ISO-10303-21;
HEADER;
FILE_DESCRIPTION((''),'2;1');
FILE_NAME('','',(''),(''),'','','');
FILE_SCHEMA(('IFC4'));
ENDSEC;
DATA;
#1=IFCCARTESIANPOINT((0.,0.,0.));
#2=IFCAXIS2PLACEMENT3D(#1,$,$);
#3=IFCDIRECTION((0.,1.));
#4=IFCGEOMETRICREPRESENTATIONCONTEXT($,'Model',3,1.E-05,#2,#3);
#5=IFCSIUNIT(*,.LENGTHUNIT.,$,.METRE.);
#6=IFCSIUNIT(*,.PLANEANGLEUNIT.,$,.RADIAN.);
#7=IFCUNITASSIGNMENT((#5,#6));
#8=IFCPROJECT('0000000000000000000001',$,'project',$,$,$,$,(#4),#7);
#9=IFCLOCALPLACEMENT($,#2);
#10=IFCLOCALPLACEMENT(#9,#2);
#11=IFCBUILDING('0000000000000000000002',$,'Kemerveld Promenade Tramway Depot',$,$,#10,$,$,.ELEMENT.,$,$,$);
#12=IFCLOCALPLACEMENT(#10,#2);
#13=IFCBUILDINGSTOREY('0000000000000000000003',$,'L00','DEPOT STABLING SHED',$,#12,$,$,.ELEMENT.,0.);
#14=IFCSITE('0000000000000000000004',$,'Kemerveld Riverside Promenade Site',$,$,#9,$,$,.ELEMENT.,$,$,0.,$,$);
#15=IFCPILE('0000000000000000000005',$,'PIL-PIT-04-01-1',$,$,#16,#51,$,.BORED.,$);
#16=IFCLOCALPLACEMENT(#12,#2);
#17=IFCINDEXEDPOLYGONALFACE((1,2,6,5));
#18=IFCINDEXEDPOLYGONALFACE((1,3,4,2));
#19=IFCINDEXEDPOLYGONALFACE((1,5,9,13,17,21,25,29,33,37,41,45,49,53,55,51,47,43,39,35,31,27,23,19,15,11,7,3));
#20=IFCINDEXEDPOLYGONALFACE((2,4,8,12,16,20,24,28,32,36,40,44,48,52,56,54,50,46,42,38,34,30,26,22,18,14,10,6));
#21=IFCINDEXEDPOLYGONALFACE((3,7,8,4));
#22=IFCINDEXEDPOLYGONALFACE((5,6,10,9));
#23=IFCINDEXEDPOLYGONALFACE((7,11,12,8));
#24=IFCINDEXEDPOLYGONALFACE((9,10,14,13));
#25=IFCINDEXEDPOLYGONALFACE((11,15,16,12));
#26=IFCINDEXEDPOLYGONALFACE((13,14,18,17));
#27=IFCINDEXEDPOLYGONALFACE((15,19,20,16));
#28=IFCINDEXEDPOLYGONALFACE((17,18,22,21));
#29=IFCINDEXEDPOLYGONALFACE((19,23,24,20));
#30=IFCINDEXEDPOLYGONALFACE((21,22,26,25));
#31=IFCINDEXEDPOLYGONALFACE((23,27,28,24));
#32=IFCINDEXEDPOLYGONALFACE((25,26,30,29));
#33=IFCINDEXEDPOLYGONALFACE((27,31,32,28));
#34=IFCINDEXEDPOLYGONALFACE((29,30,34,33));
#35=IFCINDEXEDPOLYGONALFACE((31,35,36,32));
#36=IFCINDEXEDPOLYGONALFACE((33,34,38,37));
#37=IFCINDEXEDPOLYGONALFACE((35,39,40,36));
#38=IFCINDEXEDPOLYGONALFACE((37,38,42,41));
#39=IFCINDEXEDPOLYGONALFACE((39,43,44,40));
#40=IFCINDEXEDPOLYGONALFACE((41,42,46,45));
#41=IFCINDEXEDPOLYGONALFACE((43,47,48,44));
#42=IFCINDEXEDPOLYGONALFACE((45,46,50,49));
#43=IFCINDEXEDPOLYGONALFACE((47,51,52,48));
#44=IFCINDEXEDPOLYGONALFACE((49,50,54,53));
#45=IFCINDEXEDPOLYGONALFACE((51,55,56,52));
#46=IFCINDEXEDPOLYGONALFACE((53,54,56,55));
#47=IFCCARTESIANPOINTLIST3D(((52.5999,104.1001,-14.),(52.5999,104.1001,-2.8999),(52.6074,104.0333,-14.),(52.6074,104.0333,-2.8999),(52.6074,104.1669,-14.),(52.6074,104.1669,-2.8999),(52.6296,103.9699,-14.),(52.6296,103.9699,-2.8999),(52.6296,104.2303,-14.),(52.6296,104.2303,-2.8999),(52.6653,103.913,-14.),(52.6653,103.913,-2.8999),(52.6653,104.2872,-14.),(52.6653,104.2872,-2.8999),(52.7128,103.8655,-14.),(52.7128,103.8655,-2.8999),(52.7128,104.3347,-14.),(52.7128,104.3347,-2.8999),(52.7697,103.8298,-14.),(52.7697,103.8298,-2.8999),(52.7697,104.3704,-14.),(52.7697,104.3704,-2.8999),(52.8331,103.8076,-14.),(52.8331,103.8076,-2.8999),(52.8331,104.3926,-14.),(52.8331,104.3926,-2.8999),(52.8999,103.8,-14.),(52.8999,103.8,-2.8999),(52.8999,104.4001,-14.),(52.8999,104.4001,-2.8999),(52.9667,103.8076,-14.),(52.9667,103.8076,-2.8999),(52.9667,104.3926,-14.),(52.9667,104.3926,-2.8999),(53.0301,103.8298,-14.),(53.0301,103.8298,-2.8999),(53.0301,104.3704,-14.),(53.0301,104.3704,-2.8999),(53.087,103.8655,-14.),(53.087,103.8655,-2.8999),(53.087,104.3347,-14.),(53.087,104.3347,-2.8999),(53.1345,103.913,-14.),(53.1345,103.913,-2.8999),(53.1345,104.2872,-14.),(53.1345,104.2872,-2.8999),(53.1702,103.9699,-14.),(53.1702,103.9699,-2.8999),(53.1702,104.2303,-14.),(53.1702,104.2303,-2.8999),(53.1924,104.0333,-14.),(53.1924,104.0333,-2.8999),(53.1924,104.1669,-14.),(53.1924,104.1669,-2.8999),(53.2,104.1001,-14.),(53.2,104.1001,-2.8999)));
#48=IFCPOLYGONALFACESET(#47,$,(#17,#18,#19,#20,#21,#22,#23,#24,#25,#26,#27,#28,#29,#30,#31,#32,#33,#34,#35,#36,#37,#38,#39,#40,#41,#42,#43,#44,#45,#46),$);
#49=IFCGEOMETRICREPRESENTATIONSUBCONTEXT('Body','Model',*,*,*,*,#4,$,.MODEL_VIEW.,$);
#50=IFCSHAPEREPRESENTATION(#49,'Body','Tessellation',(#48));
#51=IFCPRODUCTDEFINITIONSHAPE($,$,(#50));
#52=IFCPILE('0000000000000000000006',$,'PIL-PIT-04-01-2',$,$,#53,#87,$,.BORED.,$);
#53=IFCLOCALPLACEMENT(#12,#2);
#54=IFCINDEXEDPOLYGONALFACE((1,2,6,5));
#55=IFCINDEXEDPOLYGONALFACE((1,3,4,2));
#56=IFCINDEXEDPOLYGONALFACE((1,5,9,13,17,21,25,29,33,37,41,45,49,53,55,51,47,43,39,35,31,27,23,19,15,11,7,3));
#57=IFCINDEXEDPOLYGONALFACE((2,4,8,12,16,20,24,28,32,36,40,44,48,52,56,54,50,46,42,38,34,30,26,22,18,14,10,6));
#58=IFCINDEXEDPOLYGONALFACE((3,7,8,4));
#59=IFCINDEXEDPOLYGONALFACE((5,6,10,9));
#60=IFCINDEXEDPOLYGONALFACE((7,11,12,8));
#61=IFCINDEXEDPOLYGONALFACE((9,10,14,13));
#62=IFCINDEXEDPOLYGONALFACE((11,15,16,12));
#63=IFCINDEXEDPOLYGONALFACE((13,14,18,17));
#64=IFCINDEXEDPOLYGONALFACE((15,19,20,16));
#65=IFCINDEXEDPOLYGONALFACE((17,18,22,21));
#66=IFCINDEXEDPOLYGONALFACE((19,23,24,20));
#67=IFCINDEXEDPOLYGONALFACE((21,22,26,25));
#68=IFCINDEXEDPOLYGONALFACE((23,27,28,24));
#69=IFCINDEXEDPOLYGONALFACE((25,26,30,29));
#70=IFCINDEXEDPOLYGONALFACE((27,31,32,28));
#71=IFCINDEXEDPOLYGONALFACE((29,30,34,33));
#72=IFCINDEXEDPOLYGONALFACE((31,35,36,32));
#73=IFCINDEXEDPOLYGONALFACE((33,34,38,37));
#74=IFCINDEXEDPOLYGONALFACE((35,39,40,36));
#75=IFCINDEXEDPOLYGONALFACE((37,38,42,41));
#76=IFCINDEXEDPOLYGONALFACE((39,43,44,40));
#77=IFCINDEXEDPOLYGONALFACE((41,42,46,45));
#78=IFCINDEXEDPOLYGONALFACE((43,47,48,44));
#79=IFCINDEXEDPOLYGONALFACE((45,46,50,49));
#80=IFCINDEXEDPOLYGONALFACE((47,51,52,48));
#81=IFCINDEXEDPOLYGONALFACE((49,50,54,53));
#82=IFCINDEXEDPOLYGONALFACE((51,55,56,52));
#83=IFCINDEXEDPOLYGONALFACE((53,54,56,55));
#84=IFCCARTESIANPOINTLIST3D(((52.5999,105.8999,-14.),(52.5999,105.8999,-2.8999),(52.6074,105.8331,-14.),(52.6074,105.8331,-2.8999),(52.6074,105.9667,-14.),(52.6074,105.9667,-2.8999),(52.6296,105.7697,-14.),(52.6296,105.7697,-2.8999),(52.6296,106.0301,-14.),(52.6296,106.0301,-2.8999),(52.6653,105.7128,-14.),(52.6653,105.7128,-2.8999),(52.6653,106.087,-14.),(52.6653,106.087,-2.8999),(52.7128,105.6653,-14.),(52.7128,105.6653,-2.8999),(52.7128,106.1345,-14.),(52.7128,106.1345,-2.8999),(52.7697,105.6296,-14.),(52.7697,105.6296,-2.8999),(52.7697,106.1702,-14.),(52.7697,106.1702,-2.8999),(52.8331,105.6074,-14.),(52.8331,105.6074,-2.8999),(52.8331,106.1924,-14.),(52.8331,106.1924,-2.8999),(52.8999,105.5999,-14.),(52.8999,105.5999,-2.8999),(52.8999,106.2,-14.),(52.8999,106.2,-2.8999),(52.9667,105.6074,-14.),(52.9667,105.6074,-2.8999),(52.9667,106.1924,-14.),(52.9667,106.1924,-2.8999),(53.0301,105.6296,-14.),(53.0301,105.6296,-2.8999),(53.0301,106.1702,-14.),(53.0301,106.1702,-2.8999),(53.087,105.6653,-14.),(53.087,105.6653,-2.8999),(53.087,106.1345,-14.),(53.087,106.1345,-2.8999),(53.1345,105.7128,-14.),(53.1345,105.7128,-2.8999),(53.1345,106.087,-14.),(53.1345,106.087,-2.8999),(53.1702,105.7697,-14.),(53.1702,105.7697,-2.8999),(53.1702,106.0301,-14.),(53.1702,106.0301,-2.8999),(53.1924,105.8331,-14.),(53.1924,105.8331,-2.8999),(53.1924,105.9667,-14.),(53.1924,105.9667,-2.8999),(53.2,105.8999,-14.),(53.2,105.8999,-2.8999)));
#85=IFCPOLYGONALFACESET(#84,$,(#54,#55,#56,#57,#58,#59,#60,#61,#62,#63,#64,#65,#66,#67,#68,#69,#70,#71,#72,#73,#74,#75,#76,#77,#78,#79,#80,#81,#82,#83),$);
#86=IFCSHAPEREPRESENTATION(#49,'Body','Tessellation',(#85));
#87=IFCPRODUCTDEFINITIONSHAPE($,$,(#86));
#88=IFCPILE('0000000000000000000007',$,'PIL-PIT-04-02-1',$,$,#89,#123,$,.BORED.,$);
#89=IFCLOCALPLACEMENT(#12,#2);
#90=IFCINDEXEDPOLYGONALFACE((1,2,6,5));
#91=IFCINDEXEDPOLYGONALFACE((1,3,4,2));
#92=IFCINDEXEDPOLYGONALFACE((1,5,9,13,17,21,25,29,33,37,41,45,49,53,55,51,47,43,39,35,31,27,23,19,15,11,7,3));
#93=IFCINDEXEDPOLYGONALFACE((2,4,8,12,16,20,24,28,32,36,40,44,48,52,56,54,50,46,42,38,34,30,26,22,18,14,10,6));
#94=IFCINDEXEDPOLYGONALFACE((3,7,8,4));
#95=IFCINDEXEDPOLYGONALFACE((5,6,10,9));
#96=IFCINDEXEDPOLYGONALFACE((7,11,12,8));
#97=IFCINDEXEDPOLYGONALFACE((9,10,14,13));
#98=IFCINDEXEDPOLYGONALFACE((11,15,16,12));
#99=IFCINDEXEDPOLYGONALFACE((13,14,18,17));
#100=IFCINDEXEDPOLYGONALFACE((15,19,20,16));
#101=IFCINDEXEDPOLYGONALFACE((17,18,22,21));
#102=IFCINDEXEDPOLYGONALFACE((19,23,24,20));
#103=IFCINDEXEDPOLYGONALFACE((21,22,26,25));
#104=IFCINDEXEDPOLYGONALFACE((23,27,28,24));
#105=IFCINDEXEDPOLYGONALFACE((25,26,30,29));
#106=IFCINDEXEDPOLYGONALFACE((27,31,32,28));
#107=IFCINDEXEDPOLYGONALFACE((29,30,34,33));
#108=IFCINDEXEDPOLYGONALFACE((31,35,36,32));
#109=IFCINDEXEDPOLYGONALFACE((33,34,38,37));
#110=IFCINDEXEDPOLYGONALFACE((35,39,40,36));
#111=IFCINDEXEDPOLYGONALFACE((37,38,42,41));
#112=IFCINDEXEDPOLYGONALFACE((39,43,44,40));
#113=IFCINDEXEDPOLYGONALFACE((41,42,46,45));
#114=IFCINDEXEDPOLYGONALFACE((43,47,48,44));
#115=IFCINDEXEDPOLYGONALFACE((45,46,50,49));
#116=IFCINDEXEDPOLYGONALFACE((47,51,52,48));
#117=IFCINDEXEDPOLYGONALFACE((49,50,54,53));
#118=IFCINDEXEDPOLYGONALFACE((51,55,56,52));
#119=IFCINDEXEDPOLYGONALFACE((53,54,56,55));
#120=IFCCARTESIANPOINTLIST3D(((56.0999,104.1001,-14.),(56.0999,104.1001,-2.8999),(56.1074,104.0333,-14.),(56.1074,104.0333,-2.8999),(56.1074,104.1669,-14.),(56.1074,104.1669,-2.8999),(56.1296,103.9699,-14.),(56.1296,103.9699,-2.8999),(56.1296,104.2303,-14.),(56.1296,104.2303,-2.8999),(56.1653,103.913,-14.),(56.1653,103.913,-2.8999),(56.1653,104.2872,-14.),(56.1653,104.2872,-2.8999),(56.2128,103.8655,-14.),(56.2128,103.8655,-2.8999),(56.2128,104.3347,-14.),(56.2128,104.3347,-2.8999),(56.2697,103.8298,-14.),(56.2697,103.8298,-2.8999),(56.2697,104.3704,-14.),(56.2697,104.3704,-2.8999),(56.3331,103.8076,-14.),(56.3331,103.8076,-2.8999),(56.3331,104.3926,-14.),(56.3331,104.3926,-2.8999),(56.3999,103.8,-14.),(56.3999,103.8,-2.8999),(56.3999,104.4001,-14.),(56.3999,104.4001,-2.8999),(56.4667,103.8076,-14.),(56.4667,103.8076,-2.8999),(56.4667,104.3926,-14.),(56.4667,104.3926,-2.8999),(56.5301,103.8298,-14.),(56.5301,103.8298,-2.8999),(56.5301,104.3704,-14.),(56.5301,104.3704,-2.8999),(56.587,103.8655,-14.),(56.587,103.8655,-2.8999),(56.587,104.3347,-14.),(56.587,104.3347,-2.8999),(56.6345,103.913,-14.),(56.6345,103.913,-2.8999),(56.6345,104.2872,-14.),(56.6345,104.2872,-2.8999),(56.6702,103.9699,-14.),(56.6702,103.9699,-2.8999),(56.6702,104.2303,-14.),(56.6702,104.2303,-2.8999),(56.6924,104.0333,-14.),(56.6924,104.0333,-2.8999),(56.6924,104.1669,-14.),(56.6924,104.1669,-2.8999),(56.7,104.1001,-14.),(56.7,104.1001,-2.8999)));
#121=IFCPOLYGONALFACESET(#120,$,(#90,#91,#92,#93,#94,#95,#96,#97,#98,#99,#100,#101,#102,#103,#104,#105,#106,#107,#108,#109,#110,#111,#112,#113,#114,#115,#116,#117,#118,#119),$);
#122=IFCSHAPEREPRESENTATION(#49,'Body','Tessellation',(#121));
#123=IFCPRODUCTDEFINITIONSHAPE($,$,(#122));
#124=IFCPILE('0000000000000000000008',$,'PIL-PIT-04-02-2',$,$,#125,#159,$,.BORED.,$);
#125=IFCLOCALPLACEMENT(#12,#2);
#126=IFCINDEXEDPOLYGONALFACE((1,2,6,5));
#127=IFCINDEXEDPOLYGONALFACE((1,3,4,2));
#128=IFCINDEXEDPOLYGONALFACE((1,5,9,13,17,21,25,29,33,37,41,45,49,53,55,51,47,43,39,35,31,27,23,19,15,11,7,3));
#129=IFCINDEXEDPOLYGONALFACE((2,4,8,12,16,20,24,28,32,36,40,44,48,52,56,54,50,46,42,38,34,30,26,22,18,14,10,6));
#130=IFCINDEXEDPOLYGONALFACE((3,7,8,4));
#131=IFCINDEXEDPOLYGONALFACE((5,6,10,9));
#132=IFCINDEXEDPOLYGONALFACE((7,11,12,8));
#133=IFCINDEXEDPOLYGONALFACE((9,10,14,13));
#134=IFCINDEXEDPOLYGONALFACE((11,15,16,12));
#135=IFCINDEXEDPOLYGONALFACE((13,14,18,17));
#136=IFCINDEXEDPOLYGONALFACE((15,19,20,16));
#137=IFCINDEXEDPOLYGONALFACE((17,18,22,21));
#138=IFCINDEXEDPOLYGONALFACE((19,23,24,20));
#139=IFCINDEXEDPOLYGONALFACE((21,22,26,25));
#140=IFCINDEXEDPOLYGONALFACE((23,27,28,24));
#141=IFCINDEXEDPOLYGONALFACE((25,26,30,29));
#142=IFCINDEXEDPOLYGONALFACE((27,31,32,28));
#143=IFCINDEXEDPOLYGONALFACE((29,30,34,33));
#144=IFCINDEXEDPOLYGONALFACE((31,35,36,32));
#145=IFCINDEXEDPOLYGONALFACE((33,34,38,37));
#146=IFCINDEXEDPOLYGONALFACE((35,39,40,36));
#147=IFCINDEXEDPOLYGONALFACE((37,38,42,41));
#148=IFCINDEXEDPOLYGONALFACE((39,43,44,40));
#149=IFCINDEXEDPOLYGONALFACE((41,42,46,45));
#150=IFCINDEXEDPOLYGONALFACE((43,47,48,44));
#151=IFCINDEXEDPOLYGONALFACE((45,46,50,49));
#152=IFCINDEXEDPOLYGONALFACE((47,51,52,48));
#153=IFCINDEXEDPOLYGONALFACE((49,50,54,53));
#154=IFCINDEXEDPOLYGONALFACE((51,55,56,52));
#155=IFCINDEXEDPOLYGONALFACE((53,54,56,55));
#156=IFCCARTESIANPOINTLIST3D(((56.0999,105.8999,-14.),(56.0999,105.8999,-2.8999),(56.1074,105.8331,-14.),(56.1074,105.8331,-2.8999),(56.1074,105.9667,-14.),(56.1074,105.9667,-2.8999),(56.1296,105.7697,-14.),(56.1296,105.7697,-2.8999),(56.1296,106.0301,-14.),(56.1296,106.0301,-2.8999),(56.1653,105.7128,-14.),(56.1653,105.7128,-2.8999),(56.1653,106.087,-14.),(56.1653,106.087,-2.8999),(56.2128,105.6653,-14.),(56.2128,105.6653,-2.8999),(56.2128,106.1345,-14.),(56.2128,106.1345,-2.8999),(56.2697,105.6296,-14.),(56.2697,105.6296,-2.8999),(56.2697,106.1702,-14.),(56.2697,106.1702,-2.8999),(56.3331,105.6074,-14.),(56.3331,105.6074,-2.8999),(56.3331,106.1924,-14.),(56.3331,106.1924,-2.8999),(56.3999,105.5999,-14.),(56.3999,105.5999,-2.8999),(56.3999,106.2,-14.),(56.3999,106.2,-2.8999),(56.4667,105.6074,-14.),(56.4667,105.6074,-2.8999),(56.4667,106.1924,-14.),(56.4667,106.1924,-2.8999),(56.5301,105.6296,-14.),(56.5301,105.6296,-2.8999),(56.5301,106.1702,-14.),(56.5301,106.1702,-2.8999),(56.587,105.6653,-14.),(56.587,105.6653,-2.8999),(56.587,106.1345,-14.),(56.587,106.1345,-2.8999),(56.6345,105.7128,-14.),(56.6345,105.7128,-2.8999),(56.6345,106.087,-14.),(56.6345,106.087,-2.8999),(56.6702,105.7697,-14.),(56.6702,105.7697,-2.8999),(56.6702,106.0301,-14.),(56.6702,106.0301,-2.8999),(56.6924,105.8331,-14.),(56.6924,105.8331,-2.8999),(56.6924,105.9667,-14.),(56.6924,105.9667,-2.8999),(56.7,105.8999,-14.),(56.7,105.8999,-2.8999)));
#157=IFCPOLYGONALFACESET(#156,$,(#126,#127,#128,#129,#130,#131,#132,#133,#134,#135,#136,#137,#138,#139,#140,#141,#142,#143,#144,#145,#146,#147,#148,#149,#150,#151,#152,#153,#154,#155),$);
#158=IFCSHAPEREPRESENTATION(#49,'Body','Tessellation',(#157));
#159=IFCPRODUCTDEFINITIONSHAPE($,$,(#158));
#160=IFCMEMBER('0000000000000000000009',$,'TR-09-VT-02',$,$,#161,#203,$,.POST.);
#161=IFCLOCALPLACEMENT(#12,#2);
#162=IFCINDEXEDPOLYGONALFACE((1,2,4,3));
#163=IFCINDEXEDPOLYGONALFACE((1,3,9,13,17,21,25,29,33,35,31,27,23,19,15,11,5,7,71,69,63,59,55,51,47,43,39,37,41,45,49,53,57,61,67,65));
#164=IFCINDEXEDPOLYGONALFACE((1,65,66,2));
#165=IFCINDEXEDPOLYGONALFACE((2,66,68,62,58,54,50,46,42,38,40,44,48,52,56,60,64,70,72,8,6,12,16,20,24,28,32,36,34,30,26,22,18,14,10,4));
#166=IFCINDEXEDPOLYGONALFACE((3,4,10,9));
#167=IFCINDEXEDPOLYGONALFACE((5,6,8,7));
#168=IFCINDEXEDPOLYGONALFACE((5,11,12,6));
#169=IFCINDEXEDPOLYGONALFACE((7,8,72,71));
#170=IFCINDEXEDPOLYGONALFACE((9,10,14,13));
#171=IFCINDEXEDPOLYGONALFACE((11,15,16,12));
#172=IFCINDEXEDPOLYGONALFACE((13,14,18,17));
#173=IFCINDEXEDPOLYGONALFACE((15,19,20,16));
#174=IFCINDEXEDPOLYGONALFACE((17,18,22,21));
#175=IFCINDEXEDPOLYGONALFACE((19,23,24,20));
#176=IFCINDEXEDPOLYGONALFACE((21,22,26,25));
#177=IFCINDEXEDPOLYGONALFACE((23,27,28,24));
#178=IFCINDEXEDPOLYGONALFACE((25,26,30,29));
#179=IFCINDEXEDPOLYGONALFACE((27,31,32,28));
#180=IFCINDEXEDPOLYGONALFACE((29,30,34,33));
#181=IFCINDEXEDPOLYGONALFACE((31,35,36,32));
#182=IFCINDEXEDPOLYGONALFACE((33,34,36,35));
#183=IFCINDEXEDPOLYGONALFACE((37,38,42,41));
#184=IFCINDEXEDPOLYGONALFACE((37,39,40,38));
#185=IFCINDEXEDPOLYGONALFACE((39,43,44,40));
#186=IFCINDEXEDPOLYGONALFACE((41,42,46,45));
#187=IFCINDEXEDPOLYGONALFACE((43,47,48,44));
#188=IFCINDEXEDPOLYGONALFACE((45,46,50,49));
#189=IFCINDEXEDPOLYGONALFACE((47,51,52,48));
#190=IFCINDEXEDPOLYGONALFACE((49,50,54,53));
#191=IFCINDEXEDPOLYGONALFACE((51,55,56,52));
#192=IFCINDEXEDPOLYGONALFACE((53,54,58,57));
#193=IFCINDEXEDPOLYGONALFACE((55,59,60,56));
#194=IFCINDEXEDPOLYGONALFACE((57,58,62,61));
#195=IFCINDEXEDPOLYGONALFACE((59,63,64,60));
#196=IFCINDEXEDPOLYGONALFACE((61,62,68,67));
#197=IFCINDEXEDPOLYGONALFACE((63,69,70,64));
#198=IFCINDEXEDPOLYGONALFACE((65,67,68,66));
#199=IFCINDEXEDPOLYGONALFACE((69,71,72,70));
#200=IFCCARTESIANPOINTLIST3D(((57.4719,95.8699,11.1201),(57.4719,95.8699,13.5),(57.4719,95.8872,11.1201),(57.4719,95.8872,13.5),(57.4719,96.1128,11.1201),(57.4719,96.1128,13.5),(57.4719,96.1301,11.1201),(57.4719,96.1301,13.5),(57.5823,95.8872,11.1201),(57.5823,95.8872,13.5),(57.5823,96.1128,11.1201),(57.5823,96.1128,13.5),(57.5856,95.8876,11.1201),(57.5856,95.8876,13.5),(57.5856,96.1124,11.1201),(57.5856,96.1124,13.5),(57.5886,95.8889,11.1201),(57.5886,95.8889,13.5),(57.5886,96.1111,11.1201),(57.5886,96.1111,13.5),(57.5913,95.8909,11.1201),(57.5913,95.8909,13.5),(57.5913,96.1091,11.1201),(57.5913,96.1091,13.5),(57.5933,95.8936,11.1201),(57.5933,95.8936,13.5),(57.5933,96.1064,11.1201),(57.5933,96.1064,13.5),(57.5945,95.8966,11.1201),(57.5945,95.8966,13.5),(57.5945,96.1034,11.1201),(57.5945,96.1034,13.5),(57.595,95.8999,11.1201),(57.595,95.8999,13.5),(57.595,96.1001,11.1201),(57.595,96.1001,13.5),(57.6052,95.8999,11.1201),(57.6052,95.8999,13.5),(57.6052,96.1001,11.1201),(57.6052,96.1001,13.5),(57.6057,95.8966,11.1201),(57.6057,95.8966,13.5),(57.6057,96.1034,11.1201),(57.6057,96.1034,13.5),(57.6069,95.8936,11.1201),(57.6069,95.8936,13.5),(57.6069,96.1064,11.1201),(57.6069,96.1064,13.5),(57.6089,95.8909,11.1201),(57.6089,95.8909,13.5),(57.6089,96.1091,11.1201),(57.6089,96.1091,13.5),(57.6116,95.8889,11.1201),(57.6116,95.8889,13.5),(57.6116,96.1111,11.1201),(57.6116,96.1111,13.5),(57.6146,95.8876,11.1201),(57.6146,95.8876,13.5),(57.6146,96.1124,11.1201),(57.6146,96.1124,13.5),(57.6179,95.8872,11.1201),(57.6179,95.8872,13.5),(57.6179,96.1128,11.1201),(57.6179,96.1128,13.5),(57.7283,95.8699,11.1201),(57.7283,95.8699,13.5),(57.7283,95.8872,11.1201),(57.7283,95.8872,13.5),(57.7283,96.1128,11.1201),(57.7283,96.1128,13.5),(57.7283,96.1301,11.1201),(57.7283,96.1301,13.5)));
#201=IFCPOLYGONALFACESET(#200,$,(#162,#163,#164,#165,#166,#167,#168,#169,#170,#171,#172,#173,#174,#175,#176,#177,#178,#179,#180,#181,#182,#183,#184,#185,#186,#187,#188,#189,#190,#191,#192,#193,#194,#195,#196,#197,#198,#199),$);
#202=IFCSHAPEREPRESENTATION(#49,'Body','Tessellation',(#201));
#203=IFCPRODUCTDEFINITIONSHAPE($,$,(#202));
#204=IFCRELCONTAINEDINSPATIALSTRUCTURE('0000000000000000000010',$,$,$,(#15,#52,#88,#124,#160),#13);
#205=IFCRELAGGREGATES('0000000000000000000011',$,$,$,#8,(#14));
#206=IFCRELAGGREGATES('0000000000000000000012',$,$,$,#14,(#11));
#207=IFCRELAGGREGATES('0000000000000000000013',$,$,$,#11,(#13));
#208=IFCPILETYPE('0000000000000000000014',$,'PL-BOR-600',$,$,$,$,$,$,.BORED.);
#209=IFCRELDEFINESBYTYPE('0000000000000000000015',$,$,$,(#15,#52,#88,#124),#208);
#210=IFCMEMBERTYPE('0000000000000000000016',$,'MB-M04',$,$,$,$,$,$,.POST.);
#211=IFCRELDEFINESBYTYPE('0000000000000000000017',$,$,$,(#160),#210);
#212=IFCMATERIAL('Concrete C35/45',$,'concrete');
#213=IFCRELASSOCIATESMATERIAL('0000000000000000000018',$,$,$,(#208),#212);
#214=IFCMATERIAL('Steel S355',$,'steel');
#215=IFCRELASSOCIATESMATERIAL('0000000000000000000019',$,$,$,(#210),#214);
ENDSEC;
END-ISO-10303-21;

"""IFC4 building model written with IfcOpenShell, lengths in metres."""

from ifc_helpers import new_model, si_unit, direction, frame, origin, origin_2d, place, context, subcontext, project, spatial, circle, i_section, extrude, material, material_profile, profile_set, type_object, element, save


model = new_model("IFC4")

# Units and contexts
model_context = context("Model", 3, precision=1e-05, world=origin(), true_north=direction((0.0, 1.0)))
body_context = subcontext(model_context, "Body", "Model", "MODEL_VIEW")
ifc_project = project(units=[si_unit("LENGTHUNIT", "METRE"), si_unit("PLANEANGLEUNIT", "RADIAN")], contexts=[model_context])

# Site, building, storey
site_placement = place(None, origin())
site = spatial("IfcSite", under=ifc_project, at=site_placement, Name="Kemerveld Riverside Promenade Site", CompositionType="ELEMENT", RefElevation=0.0)
building_placement = place(site_placement, origin())
building = spatial("IfcBuilding", under=site, at=building_placement, Name="Kemerveld Promenade Tramway Depot", CompositionType="ELEMENT")
storey_placement = place(building_placement, origin())
storey = spatial("IfcBuildingStorey", under=building, at=storey_placement, Name="L00", Description="DEPOT STABLING SHED", CompositionType="ELEMENT", Elevation=0.0)

# Shared definitions
ifc_material_1 = material(Name="Concrete C35/45", Category="concrete")

# Piles
ifc_material_profile_1 = material_profile(ifc_material_1, circle(Radius=0.3, at=origin_2d()), Name="PILE-D600")
ifc_profile_set_1 = profile_set([ifc_material_profile_1], Name="Concrete C35/45")
pile_type = type_object("IfcPileType", Name="PL-BOR-600", PredefinedType="BORED", material=ifc_profile_set_1)
for number, where, z_axis, x_axis, name in (
    (1, (52.8999, 104.1001, -2.8999), (0.0, 0.0, -1.0), (1.0, 0.0, 0.0), "PIL-PIT-04-01-1"),
    (2, (52.8999, 105.8999, -2.8999), (0.0, 0.0, -1.0), (1.0, 0.0, 0.0), "PIL-PIT-04-01-2"),
    (3, (56.3999, 104.1001, -2.8999), (0.0, 0.0, -1.0), (1.0, 0.0, 0.0), "PIL-PIT-04-02-1"),
    (4, (56.3999, 105.8999, -2.8999), (0.0, 0.0, -1.0), (1.0, 0.0, 0.0), "PIL-PIT-04-02-2"),
):
    element("IfcPile", number, at=place(storey_placement, frame(where, z_axis=z_axis, x_axis=x_axis)), inside=storey, type_object=pile_type, Name=name, PredefinedType="BORED", context=body_context, shape_type="SweptSolid", body=[
        extrude(circle(Radius=0.3, at=origin_2d()), origin(), (0.0, 0.0, 1.0), 11.1001),
    ])

# Member
ifc_material_2 = material(Name="Steel S355", Category="steel")
ifc_material_profile_2 = material_profile(ifc_material_2, i_section(OverallWidth=0.2563, OverallDepth=0.2603, WebThickness=0.0103, FlangeThickness=0.0173, FilletRadius=0.0127, at=origin_2d()), Name="254x254x89 UC")
ifc_profile_set_2 = profile_set([ifc_material_profile_2], Name="Steel S355")
member_type_1 = type_object("IfcMemberType", Name="MB-M04", PredefinedType="POST", material=ifc_profile_set_2)
member_1_placement = place(storey_placement, frame((57.6001, 96.0, 11.1201), z_axis=(0.0, 0.0, 1.0), x_axis=(1.0, 0.0, 0.0)))
element("IfcMember", 5, at=member_1_placement, inside=storey, type_object=member_type_1, Name="TR-09-VT-02", PredefinedType="POST", context=body_context, shape_type="SweptSolid", body=[
    extrude(i_section(OverallWidth=0.2563, OverallDepth=0.2603, WebThickness=0.0103, FlangeThickness=0.0173, FilletRadius=0.0127, at=origin_2d()), origin(), (0.0, 0.0, 1.0), 2.3799),
])

save(model, "model.ifc")
